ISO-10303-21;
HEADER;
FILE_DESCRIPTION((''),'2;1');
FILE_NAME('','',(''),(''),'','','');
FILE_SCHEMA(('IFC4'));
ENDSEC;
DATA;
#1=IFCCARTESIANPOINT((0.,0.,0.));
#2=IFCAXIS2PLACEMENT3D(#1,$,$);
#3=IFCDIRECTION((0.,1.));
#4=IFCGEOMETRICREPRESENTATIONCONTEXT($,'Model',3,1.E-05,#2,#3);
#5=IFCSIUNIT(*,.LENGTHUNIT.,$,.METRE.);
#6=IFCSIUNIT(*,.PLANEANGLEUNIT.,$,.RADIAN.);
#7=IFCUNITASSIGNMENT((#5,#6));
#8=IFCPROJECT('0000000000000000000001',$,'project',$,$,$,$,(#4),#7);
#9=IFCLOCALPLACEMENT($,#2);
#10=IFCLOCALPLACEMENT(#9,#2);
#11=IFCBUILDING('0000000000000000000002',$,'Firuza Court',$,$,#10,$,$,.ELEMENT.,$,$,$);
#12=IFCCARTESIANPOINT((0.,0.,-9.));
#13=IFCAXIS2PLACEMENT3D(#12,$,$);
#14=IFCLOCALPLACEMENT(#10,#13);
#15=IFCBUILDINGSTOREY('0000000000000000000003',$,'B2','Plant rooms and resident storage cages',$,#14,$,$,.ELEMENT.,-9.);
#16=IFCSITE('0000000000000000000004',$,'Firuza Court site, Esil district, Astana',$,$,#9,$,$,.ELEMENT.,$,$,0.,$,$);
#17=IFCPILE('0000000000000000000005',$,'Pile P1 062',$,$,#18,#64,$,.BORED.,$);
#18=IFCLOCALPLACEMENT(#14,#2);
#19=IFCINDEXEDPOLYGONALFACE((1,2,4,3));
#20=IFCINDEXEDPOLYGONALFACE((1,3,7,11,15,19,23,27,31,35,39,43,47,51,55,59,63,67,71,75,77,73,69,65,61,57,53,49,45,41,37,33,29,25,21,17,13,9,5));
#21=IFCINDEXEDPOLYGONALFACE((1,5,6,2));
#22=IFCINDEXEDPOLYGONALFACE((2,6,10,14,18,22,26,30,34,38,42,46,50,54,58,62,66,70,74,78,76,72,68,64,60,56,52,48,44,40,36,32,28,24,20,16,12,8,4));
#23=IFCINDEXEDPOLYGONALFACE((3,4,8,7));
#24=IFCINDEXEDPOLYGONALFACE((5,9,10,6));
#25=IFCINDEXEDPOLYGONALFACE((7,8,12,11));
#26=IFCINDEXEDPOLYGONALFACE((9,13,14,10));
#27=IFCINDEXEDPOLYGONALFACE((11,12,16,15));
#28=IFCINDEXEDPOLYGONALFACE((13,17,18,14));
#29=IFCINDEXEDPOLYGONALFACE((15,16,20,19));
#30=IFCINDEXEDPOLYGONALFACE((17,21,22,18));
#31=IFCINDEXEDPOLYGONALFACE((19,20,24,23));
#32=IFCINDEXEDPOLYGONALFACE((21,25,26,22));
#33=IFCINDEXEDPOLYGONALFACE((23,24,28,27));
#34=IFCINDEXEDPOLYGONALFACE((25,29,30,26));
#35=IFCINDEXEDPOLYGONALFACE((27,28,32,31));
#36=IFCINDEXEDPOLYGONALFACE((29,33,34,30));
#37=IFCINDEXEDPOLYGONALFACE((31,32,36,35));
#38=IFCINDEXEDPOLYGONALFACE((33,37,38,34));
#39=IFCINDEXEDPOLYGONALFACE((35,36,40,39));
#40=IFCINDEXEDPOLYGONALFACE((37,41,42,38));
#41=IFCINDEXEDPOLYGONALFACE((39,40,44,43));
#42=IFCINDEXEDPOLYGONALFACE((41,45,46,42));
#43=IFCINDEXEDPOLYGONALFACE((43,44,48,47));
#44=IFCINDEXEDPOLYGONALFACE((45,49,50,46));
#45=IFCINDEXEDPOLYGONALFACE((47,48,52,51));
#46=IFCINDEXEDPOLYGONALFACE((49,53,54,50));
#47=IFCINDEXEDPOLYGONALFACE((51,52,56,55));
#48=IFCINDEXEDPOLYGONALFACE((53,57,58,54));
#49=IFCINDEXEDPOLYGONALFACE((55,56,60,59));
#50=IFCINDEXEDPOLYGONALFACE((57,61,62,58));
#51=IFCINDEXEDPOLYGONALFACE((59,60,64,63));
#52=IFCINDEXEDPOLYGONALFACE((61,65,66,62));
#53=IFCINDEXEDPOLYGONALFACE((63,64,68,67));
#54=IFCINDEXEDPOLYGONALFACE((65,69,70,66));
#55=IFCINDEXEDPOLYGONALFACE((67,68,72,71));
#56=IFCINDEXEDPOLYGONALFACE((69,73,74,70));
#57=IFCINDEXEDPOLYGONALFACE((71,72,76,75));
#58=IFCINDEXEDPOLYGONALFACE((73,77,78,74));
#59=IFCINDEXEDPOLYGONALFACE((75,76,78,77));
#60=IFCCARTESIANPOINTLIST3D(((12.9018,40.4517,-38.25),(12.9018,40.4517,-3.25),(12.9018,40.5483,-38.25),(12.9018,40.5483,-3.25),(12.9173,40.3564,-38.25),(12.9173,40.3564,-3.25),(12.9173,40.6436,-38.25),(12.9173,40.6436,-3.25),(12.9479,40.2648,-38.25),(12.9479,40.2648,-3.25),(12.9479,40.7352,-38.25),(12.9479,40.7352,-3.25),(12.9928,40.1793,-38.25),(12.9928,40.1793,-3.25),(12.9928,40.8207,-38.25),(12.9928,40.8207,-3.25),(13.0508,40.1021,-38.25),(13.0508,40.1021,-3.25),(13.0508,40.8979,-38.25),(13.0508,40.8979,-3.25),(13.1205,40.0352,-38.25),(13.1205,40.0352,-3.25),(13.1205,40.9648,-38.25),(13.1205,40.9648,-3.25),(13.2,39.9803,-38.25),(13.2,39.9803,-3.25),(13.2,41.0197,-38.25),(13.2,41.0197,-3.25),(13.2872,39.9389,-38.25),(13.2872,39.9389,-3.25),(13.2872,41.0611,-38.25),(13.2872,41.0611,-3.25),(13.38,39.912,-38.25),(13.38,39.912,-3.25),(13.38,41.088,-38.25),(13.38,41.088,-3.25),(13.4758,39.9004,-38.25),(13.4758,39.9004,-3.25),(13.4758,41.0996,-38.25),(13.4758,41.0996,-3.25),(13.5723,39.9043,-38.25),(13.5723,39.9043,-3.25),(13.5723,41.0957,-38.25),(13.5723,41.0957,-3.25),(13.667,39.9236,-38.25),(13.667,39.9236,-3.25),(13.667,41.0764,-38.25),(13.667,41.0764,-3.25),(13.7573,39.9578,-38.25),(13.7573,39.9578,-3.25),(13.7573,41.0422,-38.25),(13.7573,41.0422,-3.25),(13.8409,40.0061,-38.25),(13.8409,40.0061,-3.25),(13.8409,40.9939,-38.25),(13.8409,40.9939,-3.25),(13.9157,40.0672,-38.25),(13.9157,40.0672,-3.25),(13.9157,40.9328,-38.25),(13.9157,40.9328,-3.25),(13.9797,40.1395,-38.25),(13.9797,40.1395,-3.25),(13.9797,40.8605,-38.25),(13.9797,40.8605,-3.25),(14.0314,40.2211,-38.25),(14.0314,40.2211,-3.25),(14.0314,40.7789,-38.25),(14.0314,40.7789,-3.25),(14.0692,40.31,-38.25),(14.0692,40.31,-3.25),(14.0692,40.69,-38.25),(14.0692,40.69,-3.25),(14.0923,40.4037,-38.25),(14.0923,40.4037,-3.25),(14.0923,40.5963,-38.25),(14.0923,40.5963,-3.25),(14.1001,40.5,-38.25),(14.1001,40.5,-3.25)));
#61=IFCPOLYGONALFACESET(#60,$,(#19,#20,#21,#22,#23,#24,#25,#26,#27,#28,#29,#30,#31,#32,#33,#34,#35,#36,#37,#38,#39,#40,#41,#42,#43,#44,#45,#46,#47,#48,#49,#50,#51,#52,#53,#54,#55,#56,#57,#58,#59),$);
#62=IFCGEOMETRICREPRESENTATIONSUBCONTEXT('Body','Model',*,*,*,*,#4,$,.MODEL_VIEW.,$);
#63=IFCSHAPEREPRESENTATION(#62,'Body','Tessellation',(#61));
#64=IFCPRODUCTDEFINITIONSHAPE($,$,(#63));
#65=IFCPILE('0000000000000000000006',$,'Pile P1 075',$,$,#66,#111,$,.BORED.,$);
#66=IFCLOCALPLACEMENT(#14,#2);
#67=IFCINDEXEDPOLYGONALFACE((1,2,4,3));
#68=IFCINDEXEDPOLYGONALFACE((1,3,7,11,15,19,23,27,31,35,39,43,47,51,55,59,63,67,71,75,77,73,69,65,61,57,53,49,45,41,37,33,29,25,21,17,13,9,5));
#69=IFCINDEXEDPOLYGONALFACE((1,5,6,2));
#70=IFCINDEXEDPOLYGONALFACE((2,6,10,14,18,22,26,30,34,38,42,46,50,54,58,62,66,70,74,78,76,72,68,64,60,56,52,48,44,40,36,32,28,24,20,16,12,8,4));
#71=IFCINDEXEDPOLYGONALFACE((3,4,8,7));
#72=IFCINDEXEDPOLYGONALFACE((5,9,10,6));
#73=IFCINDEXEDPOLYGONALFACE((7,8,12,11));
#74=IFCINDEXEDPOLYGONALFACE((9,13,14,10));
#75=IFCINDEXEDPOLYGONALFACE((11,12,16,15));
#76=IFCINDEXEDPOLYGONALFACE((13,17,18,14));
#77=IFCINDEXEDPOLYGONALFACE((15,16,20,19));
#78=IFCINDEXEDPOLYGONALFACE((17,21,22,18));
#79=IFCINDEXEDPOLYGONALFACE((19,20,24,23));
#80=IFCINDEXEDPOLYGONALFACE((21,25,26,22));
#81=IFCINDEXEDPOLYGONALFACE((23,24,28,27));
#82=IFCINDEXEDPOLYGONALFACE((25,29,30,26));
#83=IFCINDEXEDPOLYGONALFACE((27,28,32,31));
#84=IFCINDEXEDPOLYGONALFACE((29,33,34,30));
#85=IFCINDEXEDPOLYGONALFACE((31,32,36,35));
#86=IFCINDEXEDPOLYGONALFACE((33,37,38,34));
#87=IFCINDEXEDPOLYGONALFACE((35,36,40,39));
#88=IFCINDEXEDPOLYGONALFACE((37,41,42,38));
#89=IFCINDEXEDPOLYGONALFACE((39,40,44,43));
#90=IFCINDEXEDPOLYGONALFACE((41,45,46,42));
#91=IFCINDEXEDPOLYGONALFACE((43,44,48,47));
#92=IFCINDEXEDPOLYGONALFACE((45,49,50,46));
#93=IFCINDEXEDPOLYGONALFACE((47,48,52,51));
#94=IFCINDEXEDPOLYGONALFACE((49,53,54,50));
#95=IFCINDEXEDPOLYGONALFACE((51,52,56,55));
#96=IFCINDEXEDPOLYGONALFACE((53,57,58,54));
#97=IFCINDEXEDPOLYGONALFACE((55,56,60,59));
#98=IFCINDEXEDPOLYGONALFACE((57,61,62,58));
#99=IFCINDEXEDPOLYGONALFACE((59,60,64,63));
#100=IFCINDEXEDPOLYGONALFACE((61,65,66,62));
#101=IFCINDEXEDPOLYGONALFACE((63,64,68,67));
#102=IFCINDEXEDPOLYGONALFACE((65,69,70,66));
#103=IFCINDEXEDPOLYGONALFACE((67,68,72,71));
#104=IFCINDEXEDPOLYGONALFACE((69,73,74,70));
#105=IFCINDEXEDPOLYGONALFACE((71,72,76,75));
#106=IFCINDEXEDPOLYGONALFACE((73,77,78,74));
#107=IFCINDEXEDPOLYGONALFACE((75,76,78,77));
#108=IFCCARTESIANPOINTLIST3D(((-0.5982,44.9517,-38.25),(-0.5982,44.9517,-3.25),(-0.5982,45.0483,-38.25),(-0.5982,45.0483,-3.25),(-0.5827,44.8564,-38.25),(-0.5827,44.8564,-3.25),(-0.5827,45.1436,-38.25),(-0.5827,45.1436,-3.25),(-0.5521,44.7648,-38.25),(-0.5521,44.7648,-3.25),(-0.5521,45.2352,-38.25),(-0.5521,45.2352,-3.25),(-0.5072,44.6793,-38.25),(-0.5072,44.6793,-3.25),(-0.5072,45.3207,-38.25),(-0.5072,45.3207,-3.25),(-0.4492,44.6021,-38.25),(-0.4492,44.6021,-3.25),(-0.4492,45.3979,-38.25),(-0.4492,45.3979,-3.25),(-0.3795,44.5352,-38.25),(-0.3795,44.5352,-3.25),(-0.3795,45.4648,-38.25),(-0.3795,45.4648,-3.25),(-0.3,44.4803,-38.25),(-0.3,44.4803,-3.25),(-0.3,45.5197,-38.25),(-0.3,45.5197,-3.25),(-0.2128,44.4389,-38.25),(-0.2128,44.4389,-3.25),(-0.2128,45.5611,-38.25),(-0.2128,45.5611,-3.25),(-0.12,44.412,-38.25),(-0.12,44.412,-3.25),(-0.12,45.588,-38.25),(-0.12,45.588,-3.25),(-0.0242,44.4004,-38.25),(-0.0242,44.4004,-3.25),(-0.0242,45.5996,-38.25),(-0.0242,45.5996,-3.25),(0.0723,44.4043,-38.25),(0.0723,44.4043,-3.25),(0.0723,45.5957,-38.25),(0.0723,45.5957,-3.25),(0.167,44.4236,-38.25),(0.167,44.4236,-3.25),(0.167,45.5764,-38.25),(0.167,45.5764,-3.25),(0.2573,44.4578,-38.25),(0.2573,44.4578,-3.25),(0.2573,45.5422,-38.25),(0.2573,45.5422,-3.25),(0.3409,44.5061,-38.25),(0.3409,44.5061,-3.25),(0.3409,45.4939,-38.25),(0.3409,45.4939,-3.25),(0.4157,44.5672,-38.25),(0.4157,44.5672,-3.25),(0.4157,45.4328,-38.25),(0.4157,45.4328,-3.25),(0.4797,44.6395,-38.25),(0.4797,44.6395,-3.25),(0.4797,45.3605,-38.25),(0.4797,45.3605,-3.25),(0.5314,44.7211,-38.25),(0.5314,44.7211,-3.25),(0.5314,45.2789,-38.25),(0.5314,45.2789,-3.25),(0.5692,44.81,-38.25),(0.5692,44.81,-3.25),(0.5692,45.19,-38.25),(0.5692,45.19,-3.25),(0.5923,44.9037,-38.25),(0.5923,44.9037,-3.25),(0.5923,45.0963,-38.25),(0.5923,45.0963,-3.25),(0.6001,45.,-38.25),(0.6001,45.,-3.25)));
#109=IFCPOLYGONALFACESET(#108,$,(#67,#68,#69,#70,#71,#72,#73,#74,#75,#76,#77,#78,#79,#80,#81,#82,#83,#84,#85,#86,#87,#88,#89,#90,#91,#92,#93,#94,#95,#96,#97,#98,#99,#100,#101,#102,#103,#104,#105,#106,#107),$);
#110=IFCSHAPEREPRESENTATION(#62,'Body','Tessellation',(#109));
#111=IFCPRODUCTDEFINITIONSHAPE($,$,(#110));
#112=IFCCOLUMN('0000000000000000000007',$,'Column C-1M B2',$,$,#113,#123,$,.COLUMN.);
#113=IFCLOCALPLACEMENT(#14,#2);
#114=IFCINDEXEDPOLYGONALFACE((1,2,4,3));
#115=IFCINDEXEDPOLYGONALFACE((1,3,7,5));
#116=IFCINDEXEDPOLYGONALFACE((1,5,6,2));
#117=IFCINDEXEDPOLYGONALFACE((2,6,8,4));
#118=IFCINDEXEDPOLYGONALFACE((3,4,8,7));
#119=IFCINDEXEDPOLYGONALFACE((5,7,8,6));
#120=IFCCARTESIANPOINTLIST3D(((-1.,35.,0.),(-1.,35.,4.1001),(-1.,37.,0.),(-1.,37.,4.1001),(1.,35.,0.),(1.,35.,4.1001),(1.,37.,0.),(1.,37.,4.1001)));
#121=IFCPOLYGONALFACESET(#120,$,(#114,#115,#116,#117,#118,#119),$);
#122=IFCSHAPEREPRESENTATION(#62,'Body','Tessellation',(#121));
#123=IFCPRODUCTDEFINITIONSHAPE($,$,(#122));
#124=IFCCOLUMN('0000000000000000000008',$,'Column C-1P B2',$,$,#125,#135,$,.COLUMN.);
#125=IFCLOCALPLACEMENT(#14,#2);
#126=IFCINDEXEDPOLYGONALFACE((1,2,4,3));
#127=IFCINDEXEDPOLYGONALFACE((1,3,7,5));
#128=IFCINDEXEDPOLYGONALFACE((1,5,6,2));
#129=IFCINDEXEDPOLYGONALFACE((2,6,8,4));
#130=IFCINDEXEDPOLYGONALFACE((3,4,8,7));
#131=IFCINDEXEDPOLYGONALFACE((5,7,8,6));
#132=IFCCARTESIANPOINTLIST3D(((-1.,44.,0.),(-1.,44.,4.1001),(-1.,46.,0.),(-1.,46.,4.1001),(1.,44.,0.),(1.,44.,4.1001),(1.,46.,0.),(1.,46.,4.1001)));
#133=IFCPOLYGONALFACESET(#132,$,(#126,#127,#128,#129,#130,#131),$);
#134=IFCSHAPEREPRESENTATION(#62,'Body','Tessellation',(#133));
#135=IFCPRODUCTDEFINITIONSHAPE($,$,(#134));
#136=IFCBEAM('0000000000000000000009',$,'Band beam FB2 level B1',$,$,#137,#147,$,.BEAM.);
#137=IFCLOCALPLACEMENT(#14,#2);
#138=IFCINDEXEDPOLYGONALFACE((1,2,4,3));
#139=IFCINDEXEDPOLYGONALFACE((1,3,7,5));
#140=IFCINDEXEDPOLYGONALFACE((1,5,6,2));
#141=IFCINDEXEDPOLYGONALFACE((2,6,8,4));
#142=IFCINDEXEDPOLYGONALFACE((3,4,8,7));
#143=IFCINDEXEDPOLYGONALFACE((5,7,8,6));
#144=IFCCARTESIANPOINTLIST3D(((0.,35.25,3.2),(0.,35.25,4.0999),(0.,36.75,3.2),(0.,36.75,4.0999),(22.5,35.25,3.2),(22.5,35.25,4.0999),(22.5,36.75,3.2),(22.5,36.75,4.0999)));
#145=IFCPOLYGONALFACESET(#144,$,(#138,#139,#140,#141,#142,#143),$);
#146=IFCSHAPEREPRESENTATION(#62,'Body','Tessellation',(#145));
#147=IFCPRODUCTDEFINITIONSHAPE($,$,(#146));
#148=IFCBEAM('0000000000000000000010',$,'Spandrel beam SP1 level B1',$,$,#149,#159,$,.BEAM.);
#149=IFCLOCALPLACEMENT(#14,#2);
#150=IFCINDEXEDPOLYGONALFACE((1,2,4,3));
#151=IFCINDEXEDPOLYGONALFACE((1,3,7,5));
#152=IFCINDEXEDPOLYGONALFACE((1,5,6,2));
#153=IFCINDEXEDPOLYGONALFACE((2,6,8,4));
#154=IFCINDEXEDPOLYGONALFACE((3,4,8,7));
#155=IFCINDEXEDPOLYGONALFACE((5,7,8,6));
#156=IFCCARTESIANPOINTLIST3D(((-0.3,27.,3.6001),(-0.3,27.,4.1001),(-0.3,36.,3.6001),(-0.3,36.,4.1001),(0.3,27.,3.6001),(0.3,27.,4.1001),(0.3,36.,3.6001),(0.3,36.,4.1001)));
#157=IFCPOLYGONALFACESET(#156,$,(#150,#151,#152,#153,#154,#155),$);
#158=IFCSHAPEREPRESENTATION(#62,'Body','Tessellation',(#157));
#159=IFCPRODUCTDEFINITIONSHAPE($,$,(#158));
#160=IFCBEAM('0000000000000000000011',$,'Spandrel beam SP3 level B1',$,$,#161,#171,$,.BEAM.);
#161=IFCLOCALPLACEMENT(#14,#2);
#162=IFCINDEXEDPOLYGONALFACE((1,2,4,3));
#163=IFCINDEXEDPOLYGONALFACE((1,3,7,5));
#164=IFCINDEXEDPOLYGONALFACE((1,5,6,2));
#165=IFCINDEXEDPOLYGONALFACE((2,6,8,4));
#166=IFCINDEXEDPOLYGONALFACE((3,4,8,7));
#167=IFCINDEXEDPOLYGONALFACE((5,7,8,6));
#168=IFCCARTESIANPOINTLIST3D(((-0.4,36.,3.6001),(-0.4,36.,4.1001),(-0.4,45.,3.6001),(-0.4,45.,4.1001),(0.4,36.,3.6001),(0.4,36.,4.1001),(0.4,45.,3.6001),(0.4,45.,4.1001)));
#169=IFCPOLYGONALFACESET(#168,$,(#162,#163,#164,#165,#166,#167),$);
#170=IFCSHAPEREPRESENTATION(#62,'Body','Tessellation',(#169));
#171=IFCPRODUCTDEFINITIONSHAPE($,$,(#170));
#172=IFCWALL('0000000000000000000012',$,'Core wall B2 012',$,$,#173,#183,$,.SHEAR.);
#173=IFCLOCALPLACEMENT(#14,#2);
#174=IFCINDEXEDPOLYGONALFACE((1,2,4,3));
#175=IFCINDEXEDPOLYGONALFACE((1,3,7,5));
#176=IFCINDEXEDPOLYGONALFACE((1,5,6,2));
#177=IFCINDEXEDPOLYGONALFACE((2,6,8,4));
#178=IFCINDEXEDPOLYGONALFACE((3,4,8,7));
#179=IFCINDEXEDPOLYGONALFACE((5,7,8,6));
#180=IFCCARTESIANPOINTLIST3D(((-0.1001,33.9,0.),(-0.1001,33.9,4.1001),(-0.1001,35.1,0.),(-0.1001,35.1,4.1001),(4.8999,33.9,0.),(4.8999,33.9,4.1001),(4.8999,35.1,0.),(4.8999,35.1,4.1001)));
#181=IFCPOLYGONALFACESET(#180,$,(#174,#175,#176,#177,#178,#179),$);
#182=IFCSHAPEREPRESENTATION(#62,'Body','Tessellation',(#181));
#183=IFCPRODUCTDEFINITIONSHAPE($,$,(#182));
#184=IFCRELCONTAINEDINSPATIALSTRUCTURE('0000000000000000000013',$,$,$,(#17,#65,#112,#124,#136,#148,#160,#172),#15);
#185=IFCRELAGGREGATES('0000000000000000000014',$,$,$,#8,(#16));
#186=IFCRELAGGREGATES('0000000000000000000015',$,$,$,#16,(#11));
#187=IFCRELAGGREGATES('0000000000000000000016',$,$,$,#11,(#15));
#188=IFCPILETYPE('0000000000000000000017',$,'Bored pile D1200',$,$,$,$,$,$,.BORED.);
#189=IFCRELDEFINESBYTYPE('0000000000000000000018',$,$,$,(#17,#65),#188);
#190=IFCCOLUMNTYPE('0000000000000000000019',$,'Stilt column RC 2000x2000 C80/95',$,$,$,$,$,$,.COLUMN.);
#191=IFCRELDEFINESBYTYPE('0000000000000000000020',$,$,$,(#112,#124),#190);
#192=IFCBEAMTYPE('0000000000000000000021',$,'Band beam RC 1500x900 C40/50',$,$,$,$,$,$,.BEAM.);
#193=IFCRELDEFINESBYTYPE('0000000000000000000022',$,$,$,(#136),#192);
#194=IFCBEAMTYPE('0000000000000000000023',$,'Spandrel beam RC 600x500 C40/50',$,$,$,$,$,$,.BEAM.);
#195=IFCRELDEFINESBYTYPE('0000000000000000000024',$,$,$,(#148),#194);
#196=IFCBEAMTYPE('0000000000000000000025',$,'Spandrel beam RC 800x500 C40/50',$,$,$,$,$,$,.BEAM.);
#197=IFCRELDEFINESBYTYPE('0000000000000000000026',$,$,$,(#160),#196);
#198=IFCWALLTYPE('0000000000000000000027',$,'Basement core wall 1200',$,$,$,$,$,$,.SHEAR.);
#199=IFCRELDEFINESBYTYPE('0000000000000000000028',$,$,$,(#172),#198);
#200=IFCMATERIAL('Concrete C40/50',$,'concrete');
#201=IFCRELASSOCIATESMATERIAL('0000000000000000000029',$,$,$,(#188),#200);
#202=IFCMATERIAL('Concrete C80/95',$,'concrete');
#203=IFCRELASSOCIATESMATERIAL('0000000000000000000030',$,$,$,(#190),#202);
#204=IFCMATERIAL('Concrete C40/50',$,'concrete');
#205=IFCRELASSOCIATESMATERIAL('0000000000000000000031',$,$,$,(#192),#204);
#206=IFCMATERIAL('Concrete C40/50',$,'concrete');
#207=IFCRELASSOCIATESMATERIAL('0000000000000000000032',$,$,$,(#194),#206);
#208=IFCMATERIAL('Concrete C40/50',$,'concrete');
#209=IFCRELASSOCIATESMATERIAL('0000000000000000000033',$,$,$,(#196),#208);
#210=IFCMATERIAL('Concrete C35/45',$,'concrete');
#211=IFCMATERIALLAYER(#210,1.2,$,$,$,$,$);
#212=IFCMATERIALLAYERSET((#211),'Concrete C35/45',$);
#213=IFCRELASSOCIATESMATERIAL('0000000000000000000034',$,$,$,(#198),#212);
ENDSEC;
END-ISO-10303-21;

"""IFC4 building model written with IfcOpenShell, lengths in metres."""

from ifc_helpers import new_model, si_unit, direction, frame, frame_2d, origin, origin_2d, place, context, subcontext, project, spatial, rectangle, circle, extrude, material, layer, layer_set, material_profile, profile_set, type_object, element, save


model = new_model("IFC4")

# Units and contexts
model_context = context("Model", 3, precision=1e-05, world=origin(), true_north=direction((0.0, 1.0)))
body_context = subcontext(model_context, "Body", "Model", "MODEL_VIEW")
ifc_project = project(units=[si_unit("LENGTHUNIT", "METRE"), si_unit("PLANEANGLEUNIT", "RADIAN")], contexts=[model_context])

# Site, building, storey
site_placement = place(None, origin())
site = spatial("IfcSite", under=ifc_project, at=site_placement, Name="Firuza Court site, Esil district, Astana", CompositionType="ELEMENT", RefElevation=0.0)
building_placement = place(site_placement, origin())
building = spatial("IfcBuilding", under=site, at=building_placement, Name="Firuza Court", CompositionType="ELEMENT")
storey_placement = place(building_placement, frame((0.0, 0.0, -9.0)))
storey = spatial("IfcBuildingStorey", under=building, at=storey_placement, Name="B2", Description="Plant rooms and resident storage cages", CompositionType="ELEMENT", Elevation=-9.0)

# Piles
ifc_material_1 = material(Name="Concrete C40/50", Category="concrete")
ifc_material_profile_1 = material_profile(ifc_material_1, circle(Radius=0.6001, at=origin_2d()), Name="Pile D1200")
ifc_profile_set_1 = profile_set([ifc_material_profile_1], Name="Concrete C40/50")
pile_type = type_object("IfcPileType", Name="Bored pile D1200", PredefinedType="BORED", material=ifc_profile_set_1)
for number, where, z_axis, x_axis, name in (
    (1, (13.5, 40.5, -3.25), (0.0, 0.0, -1.0), (1.0, 0.0, 0.0), "Pile P1 062"),
    (2, (0.0, 45.0, -3.25), (0.0, 0.0, -1.0), (1.0, 0.0, 0.0), "Pile P1 075"),
):
    element("IfcPile", number, at=place(storey_placement, frame(where, z_axis=z_axis, x_axis=x_axis)), inside=storey, type_object=pile_type, Name=name, PredefinedType="BORED", context=body_context, shape_type="SweptSolid", body=[
        extrude(circle(Radius=0.6001, at=origin_2d()), origin(), (0.0, 0.0, 1.0), 35.0),
    ])

# Columns
ifc_material_2 = material(Name="Concrete C80/95", Category="concrete")
ifc_material_profile_2 = material_profile(ifc_material_2, rectangle(XDim=2.0, YDim=2.0, at=origin_2d()), Name="RC 2000x2000")
ifc_profile_set_2 = profile_set([ifc_material_profile_2], Name="Concrete C80/95")
column_type = type_object("IfcColumnType", Name="Stilt column RC 2000x2000 C80/95", PredefinedType="COLUMN", material=ifc_profile_set_2)
for number, where, z_axis, x_axis, name in (
    (3, (0.0, 36.0, 0.0), (0.0, 0.0, 1.0), (1.0, 0.0, 0.0), "Column C-1M B2"),
    (4, (0.0, 45.0, 0.0), (0.0, 0.0, 1.0), (1.0, 0.0, 0.0), "Column C-1P B2"),
):
    element("IfcColumn", number, at=place(storey_placement, frame(where, z_axis=z_axis, x_axis=x_axis)), inside=storey, type_object=column_type, Name=name, PredefinedType="COLUMN", context=body_context, shape_type="SweptSolid", body=[
        extrude(rectangle(XDim=2.0, YDim=2.0, at=origin_2d()), origin(), (0.0, 0.0, 1.0), 4.1001),
    ])

# Beams
ifc_material_3 = material(Name="Concrete C40/50", Category="concrete")
ifc_material_profile_3 = material_profile(ifc_material_3, rectangle(XDim=1.5, YDim=0.8999, at=origin_2d()), Name="RC 1500x900")
ifc_profile_set_3 = profile_set([ifc_material_profile_3], Name="Concrete C40/50")
beam_type_1 = type_object("IfcBeamType", Name="Band beam RC 1500x900 C40/50", PredefinedType="BEAM", material=ifc_profile_set_3)
beam_1_placement = place(storey_placement, frame((0.0, 36.0, 3.6499), z_axis=(1.0, 0.0, 0.0), x_axis=(0.0, 1.0, 0.0)))
element("IfcBeam", 5, at=beam_1_placement, inside=storey, type_object=beam_type_1, Name="Band beam FB2 level B1", PredefinedType="BEAM", context=body_context, shape_type="SweptSolid", body=[
    extrude(rectangle(XDim=1.5, YDim=0.8999, at=origin_2d()), origin(), (0.0, 0.0, 1.0), 22.5),
])
ifc_material_4 = material(Name="Concrete C40/50", Category="concrete")
ifc_material_profile_4 = material_profile(ifc_material_4, rectangle(XDim=0.6001, YDim=0.5, at=origin_2d()), Name="RC 600x500")
ifc_profile_set_4 = profile_set([ifc_material_profile_4], Name="Concrete C40/50")
beam_type_2 = type_object("IfcBeamType", Name="Spandrel beam RC 600x500 C40/50", PredefinedType="BEAM", material=ifc_profile_set_4)
beam_2_placement = place(storey_placement, frame((0.0, 36.0, 3.8501), z_axis=(0.0, -1.0, 0.0), x_axis=(1.0, 0.0, 0.0)))
element("IfcBeam", 6, at=beam_2_placement, inside=storey, type_object=beam_type_2, Name="Spandrel beam SP1 level B1", PredefinedType="BEAM", context=body_context, shape_type="SweptSolid", body=[
    extrude(rectangle(XDim=0.6001, YDim=0.5, at=origin_2d()), origin(), (0.0, 0.0, 1.0), 9.0),
])
ifc_material_5 = material(Name="Concrete C40/50", Category="concrete")
ifc_material_profile_5 = material_profile(ifc_material_5, rectangle(XDim=0.8, YDim=0.5, at=origin_2d()), Name="RC 800x500")
ifc_profile_set_5 = profile_set([ifc_material_profile_5], Name="Concrete C40/50")
beam_type_3 = type_object("IfcBeamType", Name="Spandrel beam RC 800x500 C40/50", PredefinedType="BEAM", material=ifc_profile_set_5)
beam_3_placement = place(storey_placement, frame((0.0, 45.0, 3.8501), z_axis=(0.0, -1.0, 0.0), x_axis=(1.0, 0.0, 0.0)))
element("IfcBeam", 7, at=beam_3_placement, inside=storey, type_object=beam_type_3, Name="Spandrel beam SP3 level B1", PredefinedType="BEAM", context=body_context, shape_type="SweptSolid", body=[
    extrude(rectangle(XDim=0.8, YDim=0.5, at=origin_2d()), origin(), (0.0, 0.0, 1.0), 9.0),
])

# Wall
ifc_material_6 = material(Name="Concrete C35/45", Category="concrete")
ifc_layer_1 = layer(ifc_material_6, 1.2)
ifc_layer_set_1 = layer_set([ifc_layer_1], Name="Concrete C35/45")
wall_type_1 = type_object("IfcWallType", Name="Basement core wall 1200", PredefinedType="SHEAR", material=ifc_layer_set_1)
wall_1_placement = place(storey_placement, frame((-0.1001, 34.5, 0.0), z_axis=(0.0, 0.0, 1.0), x_axis=(1.0, 0.0, 0.0)))
element("IfcWall", 8, at=wall_1_placement, inside=storey, type_object=wall_type_1, Name="Core wall B2 012", PredefinedType="SHEAR", context=body_context, shape_type="SweptSolid", body=[
    extrude(rectangle(XDim=5.0, YDim=1.2, at=frame_2d((2.5, 0.0))), origin(), (0.0, 0.0, 1.0), 4.1001),
])

save(model, "model.ifc")
